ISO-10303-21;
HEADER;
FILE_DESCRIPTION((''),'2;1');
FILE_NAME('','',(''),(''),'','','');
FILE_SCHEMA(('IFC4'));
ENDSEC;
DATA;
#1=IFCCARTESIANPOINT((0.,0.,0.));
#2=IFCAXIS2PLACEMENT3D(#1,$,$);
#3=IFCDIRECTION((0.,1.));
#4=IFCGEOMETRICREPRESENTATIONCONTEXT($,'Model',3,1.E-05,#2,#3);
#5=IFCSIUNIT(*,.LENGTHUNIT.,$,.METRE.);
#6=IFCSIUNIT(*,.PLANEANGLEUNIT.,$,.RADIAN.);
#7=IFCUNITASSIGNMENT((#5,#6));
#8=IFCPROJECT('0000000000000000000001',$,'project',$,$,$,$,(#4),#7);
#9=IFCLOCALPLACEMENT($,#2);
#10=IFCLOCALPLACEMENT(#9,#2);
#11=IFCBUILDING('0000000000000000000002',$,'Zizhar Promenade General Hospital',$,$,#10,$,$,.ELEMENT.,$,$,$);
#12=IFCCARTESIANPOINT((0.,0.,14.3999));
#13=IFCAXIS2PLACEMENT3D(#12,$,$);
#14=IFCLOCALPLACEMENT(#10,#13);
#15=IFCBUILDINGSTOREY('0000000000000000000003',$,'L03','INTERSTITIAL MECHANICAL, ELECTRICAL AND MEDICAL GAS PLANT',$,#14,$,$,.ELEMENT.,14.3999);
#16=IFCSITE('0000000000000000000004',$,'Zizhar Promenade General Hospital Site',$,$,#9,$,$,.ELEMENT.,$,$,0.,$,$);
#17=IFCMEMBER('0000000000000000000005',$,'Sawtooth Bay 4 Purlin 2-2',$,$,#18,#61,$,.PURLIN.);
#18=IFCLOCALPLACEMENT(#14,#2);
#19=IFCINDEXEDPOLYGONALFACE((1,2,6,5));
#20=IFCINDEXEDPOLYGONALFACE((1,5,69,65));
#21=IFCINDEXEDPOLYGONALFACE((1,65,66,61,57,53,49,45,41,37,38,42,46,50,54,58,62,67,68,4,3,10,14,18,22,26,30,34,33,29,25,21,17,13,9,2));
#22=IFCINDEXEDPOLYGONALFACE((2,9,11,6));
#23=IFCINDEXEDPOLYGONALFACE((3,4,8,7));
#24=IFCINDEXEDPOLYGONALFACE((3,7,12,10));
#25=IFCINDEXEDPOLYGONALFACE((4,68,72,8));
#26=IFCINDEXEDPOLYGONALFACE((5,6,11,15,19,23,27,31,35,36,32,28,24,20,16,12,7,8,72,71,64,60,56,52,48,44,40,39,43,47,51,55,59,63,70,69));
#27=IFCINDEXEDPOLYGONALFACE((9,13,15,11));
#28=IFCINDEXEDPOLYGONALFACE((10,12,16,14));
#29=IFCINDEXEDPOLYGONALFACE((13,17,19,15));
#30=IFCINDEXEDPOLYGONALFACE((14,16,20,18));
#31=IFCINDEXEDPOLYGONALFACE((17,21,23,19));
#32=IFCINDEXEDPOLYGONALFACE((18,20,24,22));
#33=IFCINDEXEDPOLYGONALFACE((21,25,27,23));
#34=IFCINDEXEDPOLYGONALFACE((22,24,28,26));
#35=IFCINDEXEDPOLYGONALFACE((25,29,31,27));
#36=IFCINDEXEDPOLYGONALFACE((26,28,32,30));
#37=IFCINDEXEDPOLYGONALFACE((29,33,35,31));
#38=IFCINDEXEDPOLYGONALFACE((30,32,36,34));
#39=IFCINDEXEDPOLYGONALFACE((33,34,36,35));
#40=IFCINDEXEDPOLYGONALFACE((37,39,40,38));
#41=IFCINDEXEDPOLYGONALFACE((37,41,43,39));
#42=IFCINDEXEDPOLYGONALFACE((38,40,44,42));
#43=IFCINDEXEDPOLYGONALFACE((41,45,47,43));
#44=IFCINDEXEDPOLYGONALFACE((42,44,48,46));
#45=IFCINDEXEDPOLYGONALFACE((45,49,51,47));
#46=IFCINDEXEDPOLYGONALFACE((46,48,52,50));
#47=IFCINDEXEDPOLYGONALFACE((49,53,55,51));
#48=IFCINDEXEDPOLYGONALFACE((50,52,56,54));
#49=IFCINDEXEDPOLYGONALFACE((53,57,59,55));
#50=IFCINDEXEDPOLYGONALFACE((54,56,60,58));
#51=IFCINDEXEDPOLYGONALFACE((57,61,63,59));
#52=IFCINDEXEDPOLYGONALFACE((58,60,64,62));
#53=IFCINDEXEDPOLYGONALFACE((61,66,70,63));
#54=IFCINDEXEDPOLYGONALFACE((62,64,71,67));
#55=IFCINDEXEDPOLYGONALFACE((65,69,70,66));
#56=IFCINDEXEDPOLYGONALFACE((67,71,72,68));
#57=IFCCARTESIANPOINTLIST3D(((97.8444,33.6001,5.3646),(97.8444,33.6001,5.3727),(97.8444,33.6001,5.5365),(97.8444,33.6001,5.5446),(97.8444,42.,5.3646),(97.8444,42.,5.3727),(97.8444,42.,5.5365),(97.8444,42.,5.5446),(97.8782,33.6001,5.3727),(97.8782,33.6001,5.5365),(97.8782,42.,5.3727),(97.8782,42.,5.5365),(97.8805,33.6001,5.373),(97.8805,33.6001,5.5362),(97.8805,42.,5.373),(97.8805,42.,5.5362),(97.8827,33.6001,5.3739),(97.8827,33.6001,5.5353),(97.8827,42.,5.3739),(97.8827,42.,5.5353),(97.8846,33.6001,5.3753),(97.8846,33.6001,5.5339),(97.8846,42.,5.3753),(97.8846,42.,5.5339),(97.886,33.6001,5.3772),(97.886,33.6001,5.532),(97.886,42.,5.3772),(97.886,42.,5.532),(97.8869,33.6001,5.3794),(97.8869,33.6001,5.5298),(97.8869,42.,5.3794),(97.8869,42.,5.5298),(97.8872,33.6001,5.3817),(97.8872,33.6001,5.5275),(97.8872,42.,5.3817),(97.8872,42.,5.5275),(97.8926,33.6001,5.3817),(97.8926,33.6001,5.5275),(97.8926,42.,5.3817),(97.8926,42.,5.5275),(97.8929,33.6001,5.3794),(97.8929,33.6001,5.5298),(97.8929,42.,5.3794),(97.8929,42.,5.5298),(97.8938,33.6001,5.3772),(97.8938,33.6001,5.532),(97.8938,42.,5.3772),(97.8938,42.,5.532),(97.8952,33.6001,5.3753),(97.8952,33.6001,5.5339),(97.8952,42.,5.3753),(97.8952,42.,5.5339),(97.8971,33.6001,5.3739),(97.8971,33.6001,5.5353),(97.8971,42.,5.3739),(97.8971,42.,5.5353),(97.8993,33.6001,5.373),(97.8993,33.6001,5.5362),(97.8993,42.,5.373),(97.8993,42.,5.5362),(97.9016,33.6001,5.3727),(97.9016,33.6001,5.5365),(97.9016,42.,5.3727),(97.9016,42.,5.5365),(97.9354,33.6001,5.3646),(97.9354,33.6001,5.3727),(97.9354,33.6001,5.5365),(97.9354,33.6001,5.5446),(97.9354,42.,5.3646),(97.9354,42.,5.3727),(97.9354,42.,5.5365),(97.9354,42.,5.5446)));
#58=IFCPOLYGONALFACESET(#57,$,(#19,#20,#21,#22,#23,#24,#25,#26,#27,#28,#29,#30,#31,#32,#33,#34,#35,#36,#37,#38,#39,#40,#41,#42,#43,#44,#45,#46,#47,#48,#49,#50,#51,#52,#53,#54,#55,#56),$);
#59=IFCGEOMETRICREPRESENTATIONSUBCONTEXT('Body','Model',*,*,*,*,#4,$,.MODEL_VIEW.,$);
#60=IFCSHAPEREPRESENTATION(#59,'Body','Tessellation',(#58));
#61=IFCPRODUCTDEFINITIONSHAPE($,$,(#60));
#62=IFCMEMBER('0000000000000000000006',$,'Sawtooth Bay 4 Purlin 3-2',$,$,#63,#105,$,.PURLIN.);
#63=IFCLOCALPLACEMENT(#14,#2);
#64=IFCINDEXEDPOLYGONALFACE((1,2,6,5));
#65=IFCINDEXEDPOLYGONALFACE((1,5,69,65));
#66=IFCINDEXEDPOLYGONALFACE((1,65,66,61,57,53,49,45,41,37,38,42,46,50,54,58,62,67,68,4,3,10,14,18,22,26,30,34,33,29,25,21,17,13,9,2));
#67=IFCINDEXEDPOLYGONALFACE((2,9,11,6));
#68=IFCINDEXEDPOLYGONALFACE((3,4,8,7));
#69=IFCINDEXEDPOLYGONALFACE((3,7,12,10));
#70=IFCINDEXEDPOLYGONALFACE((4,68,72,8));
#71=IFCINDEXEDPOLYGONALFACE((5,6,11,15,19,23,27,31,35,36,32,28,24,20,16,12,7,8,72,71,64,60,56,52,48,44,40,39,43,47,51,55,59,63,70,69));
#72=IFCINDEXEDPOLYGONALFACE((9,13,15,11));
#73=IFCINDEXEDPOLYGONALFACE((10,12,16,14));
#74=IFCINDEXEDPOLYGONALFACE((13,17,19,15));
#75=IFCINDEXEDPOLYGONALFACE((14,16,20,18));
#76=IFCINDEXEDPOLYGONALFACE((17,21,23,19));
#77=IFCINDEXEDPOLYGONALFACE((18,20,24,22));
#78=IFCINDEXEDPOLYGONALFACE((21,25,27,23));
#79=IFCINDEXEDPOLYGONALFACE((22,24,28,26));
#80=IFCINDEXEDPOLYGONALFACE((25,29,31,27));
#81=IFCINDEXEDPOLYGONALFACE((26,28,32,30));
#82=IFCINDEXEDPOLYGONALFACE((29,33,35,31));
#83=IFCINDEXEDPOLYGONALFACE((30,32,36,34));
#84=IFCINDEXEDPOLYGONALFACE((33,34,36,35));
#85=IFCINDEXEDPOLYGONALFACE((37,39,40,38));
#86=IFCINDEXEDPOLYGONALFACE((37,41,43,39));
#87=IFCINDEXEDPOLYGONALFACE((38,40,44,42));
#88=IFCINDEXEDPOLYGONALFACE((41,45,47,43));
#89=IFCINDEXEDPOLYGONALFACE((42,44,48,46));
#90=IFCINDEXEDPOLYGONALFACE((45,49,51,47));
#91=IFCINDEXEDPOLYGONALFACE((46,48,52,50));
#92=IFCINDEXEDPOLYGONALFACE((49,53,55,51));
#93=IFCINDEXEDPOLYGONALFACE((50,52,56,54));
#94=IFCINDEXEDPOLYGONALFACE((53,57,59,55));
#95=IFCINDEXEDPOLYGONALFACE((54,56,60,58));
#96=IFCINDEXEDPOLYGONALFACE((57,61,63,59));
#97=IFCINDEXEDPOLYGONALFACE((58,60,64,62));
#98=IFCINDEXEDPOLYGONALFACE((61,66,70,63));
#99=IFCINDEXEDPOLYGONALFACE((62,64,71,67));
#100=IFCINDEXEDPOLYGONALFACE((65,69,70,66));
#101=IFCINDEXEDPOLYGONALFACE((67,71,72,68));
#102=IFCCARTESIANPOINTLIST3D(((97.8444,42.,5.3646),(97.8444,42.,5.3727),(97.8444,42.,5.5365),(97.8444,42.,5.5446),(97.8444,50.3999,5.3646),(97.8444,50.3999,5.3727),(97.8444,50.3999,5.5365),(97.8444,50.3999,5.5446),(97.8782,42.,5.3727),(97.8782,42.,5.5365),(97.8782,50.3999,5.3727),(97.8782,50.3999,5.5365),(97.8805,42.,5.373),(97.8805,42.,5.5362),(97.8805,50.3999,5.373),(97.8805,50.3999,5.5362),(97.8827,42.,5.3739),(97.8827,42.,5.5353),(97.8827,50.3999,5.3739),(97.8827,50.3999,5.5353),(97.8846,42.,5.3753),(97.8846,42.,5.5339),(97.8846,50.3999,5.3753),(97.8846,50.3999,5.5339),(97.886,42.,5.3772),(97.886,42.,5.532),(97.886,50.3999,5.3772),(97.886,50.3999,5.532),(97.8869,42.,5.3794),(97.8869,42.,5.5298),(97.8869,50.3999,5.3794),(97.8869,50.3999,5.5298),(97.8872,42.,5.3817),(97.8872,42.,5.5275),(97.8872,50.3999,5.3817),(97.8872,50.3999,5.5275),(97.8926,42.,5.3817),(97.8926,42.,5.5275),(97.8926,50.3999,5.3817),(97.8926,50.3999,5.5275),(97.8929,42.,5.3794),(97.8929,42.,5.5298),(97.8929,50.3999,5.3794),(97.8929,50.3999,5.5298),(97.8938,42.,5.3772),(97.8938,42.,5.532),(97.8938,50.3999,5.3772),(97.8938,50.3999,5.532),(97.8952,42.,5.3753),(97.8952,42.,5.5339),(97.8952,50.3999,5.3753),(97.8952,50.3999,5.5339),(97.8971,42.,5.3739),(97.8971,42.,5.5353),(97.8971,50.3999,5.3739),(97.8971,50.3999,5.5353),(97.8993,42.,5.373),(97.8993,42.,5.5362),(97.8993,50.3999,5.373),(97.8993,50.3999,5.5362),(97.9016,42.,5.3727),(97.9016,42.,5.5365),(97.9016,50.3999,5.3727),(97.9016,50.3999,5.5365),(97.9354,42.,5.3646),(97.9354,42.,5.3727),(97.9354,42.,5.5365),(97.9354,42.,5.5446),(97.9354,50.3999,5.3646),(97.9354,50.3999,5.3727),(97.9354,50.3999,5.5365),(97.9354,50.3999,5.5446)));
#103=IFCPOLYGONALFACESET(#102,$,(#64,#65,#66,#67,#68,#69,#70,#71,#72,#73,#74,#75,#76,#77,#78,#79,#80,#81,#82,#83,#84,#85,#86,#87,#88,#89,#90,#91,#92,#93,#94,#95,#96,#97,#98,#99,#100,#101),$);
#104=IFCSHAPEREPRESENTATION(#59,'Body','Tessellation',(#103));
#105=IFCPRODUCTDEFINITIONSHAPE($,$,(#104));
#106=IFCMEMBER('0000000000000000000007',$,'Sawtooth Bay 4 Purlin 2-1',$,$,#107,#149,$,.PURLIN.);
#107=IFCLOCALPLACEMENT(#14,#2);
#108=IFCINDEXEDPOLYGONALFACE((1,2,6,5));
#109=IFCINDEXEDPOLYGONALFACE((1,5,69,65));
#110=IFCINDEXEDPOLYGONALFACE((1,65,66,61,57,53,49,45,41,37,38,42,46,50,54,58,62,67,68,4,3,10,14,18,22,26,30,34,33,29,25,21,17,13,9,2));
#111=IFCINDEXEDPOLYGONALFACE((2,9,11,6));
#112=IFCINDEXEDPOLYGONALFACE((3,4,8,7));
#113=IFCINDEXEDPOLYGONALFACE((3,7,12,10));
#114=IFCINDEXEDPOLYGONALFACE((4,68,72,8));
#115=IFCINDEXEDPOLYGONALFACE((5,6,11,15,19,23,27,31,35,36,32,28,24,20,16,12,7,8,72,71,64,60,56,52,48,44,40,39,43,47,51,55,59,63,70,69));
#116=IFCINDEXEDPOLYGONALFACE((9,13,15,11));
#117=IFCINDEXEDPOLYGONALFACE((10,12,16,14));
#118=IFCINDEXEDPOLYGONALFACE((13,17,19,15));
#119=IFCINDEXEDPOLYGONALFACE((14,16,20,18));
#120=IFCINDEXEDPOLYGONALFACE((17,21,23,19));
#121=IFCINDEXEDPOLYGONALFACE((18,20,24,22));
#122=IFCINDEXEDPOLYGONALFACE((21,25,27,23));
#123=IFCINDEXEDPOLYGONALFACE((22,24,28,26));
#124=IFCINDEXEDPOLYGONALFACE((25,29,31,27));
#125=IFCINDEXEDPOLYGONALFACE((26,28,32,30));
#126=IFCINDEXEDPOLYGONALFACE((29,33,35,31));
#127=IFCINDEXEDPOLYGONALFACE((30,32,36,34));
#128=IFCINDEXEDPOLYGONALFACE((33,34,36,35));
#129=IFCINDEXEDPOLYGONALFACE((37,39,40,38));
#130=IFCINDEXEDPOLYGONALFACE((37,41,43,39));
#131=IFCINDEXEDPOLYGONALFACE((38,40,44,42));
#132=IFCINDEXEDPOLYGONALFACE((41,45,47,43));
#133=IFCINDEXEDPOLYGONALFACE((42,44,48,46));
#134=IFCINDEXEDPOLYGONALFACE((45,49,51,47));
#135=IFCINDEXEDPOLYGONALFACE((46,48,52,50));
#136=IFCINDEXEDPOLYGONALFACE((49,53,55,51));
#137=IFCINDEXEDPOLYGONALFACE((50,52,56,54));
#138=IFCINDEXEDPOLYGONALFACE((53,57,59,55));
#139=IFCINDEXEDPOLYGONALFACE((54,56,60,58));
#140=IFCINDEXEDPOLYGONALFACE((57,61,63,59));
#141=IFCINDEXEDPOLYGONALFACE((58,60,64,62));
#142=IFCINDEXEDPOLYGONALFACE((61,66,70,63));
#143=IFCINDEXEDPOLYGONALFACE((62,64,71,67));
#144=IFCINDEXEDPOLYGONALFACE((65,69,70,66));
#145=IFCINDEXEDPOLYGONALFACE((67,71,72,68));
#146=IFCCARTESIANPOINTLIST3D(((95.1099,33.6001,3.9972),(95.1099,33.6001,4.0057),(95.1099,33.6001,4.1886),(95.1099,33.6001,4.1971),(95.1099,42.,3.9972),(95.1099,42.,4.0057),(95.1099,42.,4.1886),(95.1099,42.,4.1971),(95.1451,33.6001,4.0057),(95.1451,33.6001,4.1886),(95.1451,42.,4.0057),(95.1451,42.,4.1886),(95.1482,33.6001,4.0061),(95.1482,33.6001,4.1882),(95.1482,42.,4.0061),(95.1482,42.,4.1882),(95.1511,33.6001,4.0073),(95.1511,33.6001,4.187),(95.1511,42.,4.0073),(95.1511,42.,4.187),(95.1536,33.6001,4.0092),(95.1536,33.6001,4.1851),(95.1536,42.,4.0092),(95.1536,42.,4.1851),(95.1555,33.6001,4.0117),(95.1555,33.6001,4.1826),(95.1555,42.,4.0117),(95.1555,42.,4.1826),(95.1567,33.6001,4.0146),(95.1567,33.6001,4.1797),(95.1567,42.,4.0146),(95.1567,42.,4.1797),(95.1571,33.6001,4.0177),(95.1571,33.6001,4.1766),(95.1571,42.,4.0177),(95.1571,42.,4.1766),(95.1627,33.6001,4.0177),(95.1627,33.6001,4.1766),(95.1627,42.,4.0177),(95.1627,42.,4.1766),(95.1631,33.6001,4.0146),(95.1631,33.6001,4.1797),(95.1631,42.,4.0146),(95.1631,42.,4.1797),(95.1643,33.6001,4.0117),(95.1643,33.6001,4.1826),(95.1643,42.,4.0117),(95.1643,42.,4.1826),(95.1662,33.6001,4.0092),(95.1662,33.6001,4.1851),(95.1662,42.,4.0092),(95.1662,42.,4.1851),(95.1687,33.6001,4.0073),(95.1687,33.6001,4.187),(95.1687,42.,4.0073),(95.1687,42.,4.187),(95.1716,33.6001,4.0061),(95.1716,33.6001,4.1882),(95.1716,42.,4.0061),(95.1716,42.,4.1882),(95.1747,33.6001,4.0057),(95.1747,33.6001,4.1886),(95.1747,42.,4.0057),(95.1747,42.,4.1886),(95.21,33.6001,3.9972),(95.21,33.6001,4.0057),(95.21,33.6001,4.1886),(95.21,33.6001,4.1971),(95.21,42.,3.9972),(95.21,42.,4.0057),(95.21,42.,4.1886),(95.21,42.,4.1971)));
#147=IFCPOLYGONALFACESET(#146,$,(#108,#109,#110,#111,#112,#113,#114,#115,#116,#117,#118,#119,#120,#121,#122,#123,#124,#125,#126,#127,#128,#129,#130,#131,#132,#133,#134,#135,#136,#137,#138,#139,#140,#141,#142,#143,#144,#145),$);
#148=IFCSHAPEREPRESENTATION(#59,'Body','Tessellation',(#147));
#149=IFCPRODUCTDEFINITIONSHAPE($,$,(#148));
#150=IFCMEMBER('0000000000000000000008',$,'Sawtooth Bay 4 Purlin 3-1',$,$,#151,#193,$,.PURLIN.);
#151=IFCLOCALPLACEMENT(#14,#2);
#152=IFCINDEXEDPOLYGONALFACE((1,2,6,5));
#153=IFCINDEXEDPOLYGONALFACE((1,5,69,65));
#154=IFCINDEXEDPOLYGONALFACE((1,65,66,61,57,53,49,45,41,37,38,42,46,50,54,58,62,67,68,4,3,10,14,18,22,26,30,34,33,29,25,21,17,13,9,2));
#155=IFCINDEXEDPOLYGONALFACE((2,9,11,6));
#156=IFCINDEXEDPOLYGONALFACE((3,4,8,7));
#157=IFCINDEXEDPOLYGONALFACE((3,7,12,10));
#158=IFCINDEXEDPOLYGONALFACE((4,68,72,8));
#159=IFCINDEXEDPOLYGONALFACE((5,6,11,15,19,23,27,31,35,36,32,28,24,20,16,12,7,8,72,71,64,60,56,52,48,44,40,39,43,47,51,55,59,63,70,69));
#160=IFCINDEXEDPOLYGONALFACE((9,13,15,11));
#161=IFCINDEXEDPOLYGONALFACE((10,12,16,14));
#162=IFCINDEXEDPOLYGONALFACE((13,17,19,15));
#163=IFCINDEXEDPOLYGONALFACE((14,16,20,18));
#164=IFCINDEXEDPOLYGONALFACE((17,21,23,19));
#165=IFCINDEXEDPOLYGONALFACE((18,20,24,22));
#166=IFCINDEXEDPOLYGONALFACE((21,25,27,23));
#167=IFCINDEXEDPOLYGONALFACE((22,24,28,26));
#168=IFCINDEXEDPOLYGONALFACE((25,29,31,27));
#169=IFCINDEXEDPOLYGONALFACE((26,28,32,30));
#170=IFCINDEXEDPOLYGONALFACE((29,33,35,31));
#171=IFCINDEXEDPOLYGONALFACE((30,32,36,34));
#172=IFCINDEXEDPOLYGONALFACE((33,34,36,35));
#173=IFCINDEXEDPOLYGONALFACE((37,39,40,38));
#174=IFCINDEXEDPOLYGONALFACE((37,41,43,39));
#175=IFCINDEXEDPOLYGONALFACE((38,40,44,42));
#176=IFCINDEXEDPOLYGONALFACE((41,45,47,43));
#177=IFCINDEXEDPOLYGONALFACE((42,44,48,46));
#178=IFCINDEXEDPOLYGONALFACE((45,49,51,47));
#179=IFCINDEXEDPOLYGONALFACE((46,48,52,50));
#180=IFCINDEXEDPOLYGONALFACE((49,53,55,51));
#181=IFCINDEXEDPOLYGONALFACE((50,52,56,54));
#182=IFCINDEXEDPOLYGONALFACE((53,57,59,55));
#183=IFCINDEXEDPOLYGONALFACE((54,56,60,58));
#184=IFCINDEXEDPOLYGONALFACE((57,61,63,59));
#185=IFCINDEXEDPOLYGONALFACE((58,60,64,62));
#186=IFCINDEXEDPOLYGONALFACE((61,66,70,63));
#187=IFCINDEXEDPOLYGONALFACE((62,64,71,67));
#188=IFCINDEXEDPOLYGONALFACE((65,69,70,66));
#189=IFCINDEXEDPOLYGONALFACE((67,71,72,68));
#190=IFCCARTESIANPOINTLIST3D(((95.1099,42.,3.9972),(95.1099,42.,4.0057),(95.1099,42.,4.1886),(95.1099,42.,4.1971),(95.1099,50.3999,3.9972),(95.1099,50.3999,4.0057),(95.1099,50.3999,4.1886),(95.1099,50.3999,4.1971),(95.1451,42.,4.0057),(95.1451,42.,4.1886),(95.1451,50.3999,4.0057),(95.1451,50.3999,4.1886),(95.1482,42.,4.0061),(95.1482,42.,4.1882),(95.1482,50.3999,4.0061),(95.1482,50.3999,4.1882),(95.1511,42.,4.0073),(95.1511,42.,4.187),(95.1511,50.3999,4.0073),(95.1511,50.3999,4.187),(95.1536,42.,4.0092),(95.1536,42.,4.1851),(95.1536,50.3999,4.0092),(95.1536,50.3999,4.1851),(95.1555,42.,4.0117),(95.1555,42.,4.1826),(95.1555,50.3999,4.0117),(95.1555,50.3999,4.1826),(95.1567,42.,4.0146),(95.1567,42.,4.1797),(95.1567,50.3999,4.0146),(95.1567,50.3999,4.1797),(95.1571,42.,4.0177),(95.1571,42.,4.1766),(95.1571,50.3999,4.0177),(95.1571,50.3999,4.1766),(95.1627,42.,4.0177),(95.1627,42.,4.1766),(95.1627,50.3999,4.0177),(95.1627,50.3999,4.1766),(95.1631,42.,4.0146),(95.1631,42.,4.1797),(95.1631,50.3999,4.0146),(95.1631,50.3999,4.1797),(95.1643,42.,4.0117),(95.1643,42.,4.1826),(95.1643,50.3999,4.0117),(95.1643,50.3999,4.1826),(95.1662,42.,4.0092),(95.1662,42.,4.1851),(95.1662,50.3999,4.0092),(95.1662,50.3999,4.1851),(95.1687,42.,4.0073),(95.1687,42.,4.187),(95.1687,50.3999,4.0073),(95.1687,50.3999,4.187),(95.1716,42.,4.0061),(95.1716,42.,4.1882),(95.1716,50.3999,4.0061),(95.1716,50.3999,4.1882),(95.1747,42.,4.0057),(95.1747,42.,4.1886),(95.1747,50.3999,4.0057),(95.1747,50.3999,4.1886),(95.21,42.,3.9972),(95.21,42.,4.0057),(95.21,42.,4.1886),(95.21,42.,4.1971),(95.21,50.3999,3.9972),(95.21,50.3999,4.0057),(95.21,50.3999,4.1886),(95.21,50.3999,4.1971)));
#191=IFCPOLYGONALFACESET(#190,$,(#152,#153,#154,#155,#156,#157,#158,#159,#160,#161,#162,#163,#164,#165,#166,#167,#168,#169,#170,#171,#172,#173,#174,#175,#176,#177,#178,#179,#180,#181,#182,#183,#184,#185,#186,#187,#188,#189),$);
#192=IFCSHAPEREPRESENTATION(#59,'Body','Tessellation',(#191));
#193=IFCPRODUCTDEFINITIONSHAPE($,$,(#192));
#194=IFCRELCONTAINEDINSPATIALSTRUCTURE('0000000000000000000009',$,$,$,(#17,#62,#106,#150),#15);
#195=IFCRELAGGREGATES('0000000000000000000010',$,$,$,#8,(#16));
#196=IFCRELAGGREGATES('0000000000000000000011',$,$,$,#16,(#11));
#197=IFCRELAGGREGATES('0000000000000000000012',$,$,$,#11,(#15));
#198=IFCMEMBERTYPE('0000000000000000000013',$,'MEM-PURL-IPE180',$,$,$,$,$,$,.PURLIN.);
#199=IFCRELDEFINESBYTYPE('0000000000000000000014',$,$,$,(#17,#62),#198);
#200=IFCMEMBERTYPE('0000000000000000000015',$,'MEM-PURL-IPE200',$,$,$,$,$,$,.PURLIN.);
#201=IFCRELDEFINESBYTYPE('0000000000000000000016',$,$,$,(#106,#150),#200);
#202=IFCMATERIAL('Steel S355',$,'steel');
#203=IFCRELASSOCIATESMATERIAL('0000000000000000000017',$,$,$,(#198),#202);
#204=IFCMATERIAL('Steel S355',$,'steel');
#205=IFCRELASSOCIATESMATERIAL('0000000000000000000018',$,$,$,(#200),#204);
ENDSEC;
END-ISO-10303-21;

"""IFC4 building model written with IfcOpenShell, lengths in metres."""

from ifc_helpers import new_model, si_unit, direction, frame, origin, origin_2d, place, context, subcontext, project, spatial, i_section, extrude, material, material_profile, profile_set, type_object, element, save


model = new_model("IFC4")

# Units and contexts
model_context = context("Model", 3, precision=1e-05, world=origin(), true_north=direction((0.0, 1.0)))
body_context = subcontext(model_context, "Body", "Model", "MODEL_VIEW")
ifc_project = project(units=[si_unit("LENGTHUNIT", "METRE"), si_unit("PLANEANGLEUNIT", "RADIAN")], contexts=[model_context])

# Site, building, storey
site_placement = place(None, origin())
site = spatial("IfcSite", under=ifc_project, at=site_placement, Name="Zizhar Promenade General Hospital Site", CompositionType="ELEMENT", RefElevation=0.0)
building_placement = place(site_placement, origin())
building = spatial("IfcBuilding", under=site, at=building_placement, Name="Zizhar Promenade General Hospital", CompositionType="ELEMENT")
storey_placement = place(building_placement, frame((0.0, 0.0, 14.3999)))
storey = spatial("IfcBuildingStorey", under=building, at=storey_placement, Name="L03", Description="INTERSTITIAL MECHANICAL, ELECTRICAL AND MEDICAL GAS PLANT", CompositionType="ELEMENT", Elevation=14.3999)

# Members
ifc_material_1 = material(Name="Steel S355", Category="steel")
ifc_material_profile_1 = material_profile(ifc_material_1, i_section(OverallWidth=0.0911, OverallDepth=0.1799, WebThickness=0.0054, FlangeThickness=0.0081, FilletRadius=0.009, at=origin_2d()))
ifc_profile_set_1 = profile_set([ifc_material_profile_1], Name="Steel S355")
member_type_1 = type_object("IfcMemberType", Name="MEM-PURL-IPE180", PredefinedType="PURLIN", material=ifc_profile_set_1)
for number, where, z_axis, x_axis, name in (
    (1, (97.8899, 33.6001, 5.4546), (0.0, 1.0, 0.0), (-1.0, 0.0, 0.0), "Sawtooth Bay 4 Purlin 2-2"),
    (2, (97.8899, 42.0, 5.4546), (0.0, 1.0, 0.0), (-1.0, 0.0, 0.0), "Sawtooth Bay 4 Purlin 3-2"),
):
    element("IfcMember", number, at=place(storey_placement, frame(where, z_axis=z_axis, x_axis=x_axis)), inside=storey, type_object=member_type_1, Name=name, PredefinedType="PURLIN", context=body_context, shape_type="SweptSolid", body=[
        extrude(i_section(OverallWidth=0.0911, OverallDepth=0.1799, WebThickness=0.0054, FlangeThickness=0.0081, FilletRadius=0.009, at=origin_2d()), origin(), (0.0, 0.0, 1.0), 8.3999),
    ])
ifc_material_2 = material(Name="Steel S355", Category="steel")
ifc_material_profile_2 = material_profile(ifc_material_2, i_section(OverallWidth=0.1001, OverallDepth=0.2, WebThickness=0.0056, FlangeThickness=0.0085, FilletRadius=0.012, at=origin_2d()))
ifc_profile_set_2 = profile_set([ifc_material_profile_2], Name="Steel S355")
member_type_2 = type_object("IfcMemberType", Name="MEM-PURL-IPE200", PredefinedType="PURLIN", material=ifc_profile_set_2)
for number, where, z_axis, x_axis, name in (
    (3, (95.1599, 33.6001, 4.0972), (0.0, 1.0, 0.0), (-1.0, 0.0, 0.0), "Sawtooth Bay 4 Purlin 2-1"),
    (4, (95.1599, 42.0, 4.0972), (0.0, 1.0, 0.0), (-1.0, 0.0, 0.0), "Sawtooth Bay 4 Purlin 3-1"),
):
    element("IfcMember", number, at=place(storey_placement, frame(where, z_axis=z_axis, x_axis=x_axis)), inside=storey, type_object=member_type_2, Name=name, PredefinedType="PURLIN", context=body_context, shape_type="SweptSolid", body=[
        extrude(i_section(OverallWidth=0.1001, OverallDepth=0.2, WebThickness=0.0056, FlangeThickness=0.0085, FilletRadius=0.012, at=origin_2d()), origin(), (0.0, 0.0, 1.0), 8.3999),
    ])

save(model, "model.ifc")
